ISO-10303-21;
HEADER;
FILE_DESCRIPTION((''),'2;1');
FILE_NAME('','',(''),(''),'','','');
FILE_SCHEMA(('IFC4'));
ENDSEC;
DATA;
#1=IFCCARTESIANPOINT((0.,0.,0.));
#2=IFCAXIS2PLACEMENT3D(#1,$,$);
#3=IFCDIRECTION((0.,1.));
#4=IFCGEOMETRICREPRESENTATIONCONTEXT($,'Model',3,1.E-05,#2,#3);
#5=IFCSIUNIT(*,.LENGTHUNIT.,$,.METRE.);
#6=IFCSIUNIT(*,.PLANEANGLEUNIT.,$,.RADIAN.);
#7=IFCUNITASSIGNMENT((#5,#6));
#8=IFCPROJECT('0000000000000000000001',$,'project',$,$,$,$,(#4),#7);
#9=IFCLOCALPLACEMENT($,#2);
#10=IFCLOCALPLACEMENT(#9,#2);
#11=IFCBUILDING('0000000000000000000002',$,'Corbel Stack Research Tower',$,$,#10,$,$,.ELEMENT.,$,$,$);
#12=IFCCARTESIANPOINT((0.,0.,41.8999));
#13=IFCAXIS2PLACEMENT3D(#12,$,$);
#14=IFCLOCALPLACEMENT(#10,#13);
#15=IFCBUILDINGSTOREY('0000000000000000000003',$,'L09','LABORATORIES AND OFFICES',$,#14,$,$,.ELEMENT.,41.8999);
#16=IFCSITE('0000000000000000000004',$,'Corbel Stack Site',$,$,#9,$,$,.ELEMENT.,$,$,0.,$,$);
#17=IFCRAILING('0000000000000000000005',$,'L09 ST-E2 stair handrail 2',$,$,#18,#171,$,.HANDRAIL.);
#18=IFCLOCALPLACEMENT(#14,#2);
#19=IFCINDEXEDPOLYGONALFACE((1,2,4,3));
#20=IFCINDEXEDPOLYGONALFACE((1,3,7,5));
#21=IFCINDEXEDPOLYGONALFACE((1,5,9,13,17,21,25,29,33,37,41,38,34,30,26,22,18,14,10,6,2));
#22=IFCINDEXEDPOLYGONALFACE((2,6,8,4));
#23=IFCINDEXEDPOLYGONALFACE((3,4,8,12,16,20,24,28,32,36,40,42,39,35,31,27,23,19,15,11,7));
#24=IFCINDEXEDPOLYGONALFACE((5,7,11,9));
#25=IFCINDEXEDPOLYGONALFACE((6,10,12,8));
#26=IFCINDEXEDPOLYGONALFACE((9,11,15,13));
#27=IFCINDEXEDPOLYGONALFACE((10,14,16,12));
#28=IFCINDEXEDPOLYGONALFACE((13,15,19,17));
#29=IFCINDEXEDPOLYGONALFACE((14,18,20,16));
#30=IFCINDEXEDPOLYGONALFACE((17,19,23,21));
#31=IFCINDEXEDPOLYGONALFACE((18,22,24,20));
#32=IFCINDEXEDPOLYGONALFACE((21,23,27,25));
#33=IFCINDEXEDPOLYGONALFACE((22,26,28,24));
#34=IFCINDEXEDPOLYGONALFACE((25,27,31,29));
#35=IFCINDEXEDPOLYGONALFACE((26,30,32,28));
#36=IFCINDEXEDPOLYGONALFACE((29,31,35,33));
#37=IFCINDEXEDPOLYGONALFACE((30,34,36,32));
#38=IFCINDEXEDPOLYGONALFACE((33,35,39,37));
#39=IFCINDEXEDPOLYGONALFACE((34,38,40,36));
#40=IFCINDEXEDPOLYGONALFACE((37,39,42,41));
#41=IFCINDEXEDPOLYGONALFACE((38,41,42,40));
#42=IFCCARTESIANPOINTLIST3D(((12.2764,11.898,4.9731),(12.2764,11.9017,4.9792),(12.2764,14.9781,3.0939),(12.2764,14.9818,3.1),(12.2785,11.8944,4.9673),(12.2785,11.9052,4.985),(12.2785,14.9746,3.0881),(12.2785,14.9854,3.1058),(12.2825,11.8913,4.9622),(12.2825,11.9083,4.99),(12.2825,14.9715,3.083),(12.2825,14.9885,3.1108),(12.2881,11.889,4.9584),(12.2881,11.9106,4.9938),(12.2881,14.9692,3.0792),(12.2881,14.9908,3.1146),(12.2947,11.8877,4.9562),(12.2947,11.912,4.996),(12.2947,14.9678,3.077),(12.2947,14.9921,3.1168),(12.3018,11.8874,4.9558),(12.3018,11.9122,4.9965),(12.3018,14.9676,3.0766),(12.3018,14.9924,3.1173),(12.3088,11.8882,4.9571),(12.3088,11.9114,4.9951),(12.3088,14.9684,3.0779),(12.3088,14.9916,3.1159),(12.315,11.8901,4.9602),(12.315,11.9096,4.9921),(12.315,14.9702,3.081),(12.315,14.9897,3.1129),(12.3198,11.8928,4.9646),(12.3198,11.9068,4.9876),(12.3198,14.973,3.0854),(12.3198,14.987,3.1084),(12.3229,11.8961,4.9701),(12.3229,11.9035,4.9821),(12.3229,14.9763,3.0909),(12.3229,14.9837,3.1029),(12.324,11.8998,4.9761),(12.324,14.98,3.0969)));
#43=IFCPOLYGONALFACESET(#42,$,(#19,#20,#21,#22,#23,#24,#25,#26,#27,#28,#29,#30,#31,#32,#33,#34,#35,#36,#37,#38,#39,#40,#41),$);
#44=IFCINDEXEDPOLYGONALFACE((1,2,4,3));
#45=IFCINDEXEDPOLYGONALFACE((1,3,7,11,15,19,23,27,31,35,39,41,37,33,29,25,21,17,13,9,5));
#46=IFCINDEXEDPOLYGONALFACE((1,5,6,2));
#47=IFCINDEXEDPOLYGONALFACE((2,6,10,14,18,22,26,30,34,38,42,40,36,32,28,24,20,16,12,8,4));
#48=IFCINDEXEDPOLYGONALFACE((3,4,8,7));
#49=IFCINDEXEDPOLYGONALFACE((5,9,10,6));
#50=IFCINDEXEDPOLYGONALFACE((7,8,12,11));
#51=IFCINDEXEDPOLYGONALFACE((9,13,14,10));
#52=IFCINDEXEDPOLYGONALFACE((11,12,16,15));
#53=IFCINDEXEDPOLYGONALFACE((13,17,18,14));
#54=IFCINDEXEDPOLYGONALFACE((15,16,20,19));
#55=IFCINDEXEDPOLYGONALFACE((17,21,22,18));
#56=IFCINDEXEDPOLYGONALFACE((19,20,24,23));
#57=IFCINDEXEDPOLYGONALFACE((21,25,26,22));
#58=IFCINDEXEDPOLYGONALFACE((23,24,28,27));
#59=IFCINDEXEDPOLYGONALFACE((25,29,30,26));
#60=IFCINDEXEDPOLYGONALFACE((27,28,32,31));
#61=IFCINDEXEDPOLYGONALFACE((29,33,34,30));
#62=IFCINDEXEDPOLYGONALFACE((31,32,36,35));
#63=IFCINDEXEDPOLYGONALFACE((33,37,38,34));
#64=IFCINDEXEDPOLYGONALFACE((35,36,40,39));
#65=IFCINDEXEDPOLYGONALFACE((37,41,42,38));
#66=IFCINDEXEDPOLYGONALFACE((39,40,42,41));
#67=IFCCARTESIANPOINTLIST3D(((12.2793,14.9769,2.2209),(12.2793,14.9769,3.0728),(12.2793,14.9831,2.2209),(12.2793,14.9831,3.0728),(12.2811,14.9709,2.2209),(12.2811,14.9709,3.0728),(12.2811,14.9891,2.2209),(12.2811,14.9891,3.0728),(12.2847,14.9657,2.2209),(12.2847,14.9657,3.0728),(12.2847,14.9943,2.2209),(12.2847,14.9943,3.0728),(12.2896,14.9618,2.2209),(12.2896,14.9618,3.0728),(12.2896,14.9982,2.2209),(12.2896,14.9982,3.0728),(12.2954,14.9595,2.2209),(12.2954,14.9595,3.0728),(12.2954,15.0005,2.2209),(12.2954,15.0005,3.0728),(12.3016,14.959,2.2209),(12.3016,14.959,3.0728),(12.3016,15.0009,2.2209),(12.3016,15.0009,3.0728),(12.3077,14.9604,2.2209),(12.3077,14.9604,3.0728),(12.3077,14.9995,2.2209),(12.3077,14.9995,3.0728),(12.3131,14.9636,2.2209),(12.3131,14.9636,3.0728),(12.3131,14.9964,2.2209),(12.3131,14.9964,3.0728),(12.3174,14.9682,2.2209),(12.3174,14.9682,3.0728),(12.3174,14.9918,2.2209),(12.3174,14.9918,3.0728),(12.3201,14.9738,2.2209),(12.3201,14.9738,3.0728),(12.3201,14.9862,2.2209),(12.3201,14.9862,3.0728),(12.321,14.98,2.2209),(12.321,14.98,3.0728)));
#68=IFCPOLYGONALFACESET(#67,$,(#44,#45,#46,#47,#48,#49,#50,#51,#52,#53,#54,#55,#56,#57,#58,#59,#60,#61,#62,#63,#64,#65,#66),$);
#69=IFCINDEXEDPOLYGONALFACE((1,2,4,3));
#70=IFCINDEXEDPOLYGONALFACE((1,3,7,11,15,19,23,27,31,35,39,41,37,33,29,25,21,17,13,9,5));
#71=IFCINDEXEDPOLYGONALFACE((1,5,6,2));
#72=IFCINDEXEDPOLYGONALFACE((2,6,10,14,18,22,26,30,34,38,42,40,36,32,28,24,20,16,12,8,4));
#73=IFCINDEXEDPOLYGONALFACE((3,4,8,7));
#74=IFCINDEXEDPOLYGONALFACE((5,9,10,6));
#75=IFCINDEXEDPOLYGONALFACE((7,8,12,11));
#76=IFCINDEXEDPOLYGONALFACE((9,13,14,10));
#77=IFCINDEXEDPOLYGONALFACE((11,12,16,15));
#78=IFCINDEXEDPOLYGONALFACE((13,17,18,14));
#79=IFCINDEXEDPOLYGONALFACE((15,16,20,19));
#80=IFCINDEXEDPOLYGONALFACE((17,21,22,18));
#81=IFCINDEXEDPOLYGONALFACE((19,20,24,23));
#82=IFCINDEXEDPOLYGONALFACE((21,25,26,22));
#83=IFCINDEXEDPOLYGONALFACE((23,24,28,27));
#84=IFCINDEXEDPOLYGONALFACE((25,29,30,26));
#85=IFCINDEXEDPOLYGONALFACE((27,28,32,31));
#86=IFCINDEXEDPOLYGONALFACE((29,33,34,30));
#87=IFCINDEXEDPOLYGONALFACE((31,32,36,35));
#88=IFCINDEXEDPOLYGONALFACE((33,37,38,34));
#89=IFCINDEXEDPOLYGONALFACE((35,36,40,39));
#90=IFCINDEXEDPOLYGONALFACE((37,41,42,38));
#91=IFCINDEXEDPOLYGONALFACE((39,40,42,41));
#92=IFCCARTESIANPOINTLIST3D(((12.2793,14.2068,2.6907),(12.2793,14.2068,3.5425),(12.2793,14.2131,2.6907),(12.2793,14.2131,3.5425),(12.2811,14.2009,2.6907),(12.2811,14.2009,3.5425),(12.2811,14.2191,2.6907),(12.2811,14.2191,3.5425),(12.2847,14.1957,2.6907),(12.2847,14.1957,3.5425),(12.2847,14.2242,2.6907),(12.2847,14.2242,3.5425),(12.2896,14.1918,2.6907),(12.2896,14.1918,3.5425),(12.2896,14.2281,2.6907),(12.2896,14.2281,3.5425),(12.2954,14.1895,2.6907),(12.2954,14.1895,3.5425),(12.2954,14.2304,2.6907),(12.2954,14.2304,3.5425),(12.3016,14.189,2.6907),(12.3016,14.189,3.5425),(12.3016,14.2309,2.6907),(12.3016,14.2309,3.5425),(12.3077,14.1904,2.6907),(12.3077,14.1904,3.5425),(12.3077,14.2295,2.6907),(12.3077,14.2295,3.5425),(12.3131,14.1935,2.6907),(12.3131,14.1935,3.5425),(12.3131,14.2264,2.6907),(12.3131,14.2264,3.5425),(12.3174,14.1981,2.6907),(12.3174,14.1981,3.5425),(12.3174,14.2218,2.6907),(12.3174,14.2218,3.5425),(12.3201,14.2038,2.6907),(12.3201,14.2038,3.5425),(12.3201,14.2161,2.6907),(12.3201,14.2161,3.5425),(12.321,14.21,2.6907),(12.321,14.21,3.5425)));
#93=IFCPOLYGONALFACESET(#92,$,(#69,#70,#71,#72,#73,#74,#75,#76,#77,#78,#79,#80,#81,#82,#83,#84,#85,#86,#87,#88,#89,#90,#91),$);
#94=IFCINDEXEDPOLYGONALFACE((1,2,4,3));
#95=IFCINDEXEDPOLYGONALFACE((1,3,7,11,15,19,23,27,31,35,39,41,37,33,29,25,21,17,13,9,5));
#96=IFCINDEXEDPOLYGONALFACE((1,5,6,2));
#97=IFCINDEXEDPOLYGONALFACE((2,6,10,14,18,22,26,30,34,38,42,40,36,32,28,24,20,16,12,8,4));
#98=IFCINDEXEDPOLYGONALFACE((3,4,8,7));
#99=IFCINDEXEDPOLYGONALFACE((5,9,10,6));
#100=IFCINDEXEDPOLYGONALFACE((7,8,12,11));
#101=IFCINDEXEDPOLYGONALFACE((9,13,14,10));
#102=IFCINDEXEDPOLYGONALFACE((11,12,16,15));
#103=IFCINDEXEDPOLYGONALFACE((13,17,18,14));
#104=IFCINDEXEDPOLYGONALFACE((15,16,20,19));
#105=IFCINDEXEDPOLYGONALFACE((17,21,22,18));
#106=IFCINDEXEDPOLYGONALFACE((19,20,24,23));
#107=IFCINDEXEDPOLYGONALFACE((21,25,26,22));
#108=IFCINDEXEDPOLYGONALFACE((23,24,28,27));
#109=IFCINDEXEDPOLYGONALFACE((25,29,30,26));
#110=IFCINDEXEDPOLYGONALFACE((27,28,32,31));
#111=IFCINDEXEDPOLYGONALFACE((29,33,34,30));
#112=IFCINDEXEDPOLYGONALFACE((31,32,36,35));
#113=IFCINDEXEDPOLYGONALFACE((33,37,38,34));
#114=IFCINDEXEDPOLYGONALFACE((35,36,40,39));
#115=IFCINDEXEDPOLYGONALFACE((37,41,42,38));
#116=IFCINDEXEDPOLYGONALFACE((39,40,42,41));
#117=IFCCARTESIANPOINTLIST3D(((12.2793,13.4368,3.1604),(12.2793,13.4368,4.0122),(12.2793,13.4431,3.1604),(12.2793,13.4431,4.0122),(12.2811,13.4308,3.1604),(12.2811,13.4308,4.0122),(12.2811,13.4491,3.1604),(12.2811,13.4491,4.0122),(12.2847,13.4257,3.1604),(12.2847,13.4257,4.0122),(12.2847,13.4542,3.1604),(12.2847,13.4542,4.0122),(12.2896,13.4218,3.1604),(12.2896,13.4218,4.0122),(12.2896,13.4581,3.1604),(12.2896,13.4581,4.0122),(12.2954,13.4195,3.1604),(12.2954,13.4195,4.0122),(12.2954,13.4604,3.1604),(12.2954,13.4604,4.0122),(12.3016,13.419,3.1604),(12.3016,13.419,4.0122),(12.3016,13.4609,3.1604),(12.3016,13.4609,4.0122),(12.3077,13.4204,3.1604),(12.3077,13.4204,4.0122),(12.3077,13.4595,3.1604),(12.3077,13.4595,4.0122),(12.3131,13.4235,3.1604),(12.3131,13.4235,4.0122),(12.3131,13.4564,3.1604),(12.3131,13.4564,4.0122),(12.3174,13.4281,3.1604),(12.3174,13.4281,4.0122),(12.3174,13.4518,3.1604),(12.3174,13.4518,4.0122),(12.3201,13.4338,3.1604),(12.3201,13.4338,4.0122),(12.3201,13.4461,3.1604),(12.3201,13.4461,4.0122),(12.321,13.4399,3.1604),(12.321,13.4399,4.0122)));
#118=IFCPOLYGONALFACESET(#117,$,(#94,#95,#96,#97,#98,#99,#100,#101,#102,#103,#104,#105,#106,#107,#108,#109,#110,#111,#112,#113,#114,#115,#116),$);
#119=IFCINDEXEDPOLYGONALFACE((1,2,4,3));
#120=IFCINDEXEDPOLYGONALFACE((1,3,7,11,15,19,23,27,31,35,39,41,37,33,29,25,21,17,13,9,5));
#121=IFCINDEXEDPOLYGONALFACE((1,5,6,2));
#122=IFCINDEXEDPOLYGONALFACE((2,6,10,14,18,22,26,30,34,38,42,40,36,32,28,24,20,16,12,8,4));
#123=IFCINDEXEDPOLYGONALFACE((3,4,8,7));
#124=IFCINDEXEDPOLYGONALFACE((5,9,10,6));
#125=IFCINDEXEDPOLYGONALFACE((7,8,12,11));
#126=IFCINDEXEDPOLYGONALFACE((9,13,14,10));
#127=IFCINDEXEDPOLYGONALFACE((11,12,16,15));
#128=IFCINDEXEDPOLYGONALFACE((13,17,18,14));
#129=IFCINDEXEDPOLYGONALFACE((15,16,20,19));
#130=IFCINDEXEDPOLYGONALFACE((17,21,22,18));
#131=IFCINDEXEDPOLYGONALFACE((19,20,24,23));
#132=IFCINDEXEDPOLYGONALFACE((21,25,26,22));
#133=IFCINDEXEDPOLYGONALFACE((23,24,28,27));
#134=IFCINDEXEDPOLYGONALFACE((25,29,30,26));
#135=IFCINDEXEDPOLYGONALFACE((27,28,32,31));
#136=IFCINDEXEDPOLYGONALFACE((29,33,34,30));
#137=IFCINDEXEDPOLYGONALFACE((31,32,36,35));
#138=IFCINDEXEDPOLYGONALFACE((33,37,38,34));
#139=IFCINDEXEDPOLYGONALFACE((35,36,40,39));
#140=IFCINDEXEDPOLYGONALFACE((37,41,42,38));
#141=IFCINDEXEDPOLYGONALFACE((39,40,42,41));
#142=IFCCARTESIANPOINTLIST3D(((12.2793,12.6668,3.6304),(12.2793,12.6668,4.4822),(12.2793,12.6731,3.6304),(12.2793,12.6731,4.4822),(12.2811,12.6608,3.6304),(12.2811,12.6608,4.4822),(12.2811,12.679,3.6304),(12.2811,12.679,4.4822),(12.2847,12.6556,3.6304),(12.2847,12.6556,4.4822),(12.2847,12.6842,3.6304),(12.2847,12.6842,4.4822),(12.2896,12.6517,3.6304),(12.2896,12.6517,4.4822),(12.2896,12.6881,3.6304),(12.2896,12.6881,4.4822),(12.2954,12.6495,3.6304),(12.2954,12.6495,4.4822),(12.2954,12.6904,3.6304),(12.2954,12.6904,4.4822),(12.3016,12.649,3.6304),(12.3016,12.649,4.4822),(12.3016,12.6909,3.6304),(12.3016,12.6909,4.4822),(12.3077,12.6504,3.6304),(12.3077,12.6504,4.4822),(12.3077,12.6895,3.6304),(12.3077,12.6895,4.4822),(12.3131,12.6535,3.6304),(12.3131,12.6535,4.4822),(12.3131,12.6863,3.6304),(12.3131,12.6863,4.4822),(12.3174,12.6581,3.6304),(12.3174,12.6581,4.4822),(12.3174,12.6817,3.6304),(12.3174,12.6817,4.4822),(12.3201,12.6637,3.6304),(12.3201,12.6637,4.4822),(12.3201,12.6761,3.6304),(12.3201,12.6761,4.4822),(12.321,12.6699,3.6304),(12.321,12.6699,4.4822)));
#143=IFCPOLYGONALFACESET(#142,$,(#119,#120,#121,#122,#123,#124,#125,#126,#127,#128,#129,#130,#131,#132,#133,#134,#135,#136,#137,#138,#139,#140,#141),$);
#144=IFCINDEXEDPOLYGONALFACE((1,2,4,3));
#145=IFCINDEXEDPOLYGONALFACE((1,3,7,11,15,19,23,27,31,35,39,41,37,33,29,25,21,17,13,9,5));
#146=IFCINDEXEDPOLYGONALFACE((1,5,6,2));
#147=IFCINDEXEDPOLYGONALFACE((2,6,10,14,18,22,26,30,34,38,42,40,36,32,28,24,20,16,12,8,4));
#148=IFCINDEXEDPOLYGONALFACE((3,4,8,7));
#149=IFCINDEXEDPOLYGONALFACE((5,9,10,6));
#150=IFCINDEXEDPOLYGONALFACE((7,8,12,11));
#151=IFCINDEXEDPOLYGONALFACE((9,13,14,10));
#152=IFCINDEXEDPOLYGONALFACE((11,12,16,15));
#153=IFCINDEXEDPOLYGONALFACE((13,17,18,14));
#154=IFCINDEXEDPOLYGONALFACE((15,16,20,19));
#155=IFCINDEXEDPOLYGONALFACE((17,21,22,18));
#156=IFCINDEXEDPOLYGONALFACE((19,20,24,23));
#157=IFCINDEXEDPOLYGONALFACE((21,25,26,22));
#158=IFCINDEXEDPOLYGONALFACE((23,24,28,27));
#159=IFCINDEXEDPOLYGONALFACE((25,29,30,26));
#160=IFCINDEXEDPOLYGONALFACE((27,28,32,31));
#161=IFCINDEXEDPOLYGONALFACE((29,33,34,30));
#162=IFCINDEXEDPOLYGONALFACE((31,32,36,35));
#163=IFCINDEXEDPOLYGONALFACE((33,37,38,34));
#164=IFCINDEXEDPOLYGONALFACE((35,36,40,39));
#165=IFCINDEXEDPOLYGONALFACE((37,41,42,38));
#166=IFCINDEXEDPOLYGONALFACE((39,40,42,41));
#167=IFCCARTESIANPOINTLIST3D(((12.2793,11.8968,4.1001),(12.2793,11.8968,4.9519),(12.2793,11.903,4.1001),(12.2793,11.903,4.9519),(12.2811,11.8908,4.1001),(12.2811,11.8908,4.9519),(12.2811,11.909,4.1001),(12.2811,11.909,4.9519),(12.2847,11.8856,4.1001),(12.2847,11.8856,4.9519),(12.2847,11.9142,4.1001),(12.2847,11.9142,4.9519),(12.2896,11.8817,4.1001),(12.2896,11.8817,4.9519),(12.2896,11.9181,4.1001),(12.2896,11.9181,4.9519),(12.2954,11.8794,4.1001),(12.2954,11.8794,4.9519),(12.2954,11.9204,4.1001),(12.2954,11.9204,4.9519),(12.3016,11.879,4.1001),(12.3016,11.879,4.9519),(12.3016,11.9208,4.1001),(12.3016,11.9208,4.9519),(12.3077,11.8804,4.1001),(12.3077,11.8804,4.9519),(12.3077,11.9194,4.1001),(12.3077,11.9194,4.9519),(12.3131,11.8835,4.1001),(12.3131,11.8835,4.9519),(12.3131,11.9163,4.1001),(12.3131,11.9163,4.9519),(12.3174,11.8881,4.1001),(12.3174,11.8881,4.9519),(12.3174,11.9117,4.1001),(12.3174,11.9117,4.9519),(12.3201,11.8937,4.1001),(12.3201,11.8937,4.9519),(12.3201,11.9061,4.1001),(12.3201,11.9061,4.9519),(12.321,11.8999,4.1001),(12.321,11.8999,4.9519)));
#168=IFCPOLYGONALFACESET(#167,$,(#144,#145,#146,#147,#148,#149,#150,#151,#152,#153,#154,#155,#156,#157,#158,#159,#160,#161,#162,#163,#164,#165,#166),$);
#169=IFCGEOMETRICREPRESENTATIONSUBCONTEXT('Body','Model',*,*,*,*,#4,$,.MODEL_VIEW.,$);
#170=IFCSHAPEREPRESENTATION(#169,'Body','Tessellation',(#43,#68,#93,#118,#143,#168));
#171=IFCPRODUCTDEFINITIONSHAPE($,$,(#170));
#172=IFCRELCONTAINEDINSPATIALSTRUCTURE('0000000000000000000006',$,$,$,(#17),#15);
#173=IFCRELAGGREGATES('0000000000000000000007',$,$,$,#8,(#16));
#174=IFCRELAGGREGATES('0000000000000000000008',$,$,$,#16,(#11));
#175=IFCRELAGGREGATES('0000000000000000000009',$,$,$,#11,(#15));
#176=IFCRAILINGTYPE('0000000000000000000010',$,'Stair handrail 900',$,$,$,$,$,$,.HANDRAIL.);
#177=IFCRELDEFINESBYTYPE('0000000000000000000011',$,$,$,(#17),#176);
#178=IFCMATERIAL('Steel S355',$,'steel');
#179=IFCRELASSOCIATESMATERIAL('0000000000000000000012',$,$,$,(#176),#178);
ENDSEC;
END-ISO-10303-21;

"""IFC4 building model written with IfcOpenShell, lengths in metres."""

from ifc_helpers import new_model, si_unit, direction, frame, origin, origin_2d, place, context, subcontext, project, spatial, circle, extrude, material, type_object, element, save


model = new_model("IFC4")

# Units and contexts
model_context = context("Model", 3, precision=1e-05, world=origin(), true_north=direction((0.0, 1.0)))
body_context = subcontext(model_context, "Body", "Model", "MODEL_VIEW")
ifc_project = project(units=[si_unit("LENGTHUNIT", "METRE"), si_unit("PLANEANGLEUNIT", "RADIAN")], contexts=[model_context])

# Site, building, storey
site_placement = place(None, origin())
site = spatial("IfcSite", under=ifc_project, at=site_placement, Name="Corbel Stack Site", CompositionType="ELEMENT", RefElevation=0.0)
building_placement = place(site_placement, origin())
building = spatial("IfcBuilding", under=site, at=building_placement, Name="Corbel Stack Research Tower", CompositionType="ELEMENT")
storey_placement = place(building_placement, frame((0.0, 0.0, 41.8999)))
storey = spatial("IfcBuildingStorey", under=building, at=storey_placement, Name="L09", Description="LABORATORIES AND OFFICES", CompositionType="ELEMENT", Elevation=41.8999)

# Railing
ifc_material_1 = material(Name="Steel S355", Category="steel")
railing_type_1 = type_object("IfcRailingType", Name="Stair handrail 900", PredefinedType="HANDRAIL", material=ifc_material_1)
railing_1_placement = place(storey_placement, frame((12.3, 14.98, 2.2209)))
element("IfcRailing", 1, at=railing_1_placement, inside=storey, type_object=railing_type_1, Name="L09 ST-E2 stair handrail 2", PredefinedType="HANDRAIL", context=body_context, shape_type="SweptSolid", body=[
    extrude(circle(Radius=0.0239, at=origin_2d()), frame((0.0, 0.0, 0.876), z_axis=(0.0, -0.853666, 0.52082), x_axis=(1.0, 0.0, 0.0)), (0.0, 0.0, 1.0), 3.6082),
    extrude(circle(Radius=0.021, at=origin_2d()), origin(), (0.0, 0.0, 1.0), 0.8518),
    extrude(circle(Radius=0.021, at=origin_2d()), frame((0.0, -0.77, 0.4697)), (0.0, 0.0, 1.0), 0.8518),
    extrude(circle(Radius=0.021, at=origin_2d()), frame((0.0, -1.54, 0.9395)), (0.0, 0.0, 1.0), 0.8518),
    extrude(circle(Radius=0.021, at=origin_2d()), frame((0.0, -2.3101, 1.4094)), (0.0, 0.0, 1.0), 0.8518),
    extrude(circle(Radius=0.021, at=origin_2d()), frame((0.0, -3.0801, 1.8792)), (0.0, 0.0, 1.0), 0.8518),
])

save(model, "model.ifc")
